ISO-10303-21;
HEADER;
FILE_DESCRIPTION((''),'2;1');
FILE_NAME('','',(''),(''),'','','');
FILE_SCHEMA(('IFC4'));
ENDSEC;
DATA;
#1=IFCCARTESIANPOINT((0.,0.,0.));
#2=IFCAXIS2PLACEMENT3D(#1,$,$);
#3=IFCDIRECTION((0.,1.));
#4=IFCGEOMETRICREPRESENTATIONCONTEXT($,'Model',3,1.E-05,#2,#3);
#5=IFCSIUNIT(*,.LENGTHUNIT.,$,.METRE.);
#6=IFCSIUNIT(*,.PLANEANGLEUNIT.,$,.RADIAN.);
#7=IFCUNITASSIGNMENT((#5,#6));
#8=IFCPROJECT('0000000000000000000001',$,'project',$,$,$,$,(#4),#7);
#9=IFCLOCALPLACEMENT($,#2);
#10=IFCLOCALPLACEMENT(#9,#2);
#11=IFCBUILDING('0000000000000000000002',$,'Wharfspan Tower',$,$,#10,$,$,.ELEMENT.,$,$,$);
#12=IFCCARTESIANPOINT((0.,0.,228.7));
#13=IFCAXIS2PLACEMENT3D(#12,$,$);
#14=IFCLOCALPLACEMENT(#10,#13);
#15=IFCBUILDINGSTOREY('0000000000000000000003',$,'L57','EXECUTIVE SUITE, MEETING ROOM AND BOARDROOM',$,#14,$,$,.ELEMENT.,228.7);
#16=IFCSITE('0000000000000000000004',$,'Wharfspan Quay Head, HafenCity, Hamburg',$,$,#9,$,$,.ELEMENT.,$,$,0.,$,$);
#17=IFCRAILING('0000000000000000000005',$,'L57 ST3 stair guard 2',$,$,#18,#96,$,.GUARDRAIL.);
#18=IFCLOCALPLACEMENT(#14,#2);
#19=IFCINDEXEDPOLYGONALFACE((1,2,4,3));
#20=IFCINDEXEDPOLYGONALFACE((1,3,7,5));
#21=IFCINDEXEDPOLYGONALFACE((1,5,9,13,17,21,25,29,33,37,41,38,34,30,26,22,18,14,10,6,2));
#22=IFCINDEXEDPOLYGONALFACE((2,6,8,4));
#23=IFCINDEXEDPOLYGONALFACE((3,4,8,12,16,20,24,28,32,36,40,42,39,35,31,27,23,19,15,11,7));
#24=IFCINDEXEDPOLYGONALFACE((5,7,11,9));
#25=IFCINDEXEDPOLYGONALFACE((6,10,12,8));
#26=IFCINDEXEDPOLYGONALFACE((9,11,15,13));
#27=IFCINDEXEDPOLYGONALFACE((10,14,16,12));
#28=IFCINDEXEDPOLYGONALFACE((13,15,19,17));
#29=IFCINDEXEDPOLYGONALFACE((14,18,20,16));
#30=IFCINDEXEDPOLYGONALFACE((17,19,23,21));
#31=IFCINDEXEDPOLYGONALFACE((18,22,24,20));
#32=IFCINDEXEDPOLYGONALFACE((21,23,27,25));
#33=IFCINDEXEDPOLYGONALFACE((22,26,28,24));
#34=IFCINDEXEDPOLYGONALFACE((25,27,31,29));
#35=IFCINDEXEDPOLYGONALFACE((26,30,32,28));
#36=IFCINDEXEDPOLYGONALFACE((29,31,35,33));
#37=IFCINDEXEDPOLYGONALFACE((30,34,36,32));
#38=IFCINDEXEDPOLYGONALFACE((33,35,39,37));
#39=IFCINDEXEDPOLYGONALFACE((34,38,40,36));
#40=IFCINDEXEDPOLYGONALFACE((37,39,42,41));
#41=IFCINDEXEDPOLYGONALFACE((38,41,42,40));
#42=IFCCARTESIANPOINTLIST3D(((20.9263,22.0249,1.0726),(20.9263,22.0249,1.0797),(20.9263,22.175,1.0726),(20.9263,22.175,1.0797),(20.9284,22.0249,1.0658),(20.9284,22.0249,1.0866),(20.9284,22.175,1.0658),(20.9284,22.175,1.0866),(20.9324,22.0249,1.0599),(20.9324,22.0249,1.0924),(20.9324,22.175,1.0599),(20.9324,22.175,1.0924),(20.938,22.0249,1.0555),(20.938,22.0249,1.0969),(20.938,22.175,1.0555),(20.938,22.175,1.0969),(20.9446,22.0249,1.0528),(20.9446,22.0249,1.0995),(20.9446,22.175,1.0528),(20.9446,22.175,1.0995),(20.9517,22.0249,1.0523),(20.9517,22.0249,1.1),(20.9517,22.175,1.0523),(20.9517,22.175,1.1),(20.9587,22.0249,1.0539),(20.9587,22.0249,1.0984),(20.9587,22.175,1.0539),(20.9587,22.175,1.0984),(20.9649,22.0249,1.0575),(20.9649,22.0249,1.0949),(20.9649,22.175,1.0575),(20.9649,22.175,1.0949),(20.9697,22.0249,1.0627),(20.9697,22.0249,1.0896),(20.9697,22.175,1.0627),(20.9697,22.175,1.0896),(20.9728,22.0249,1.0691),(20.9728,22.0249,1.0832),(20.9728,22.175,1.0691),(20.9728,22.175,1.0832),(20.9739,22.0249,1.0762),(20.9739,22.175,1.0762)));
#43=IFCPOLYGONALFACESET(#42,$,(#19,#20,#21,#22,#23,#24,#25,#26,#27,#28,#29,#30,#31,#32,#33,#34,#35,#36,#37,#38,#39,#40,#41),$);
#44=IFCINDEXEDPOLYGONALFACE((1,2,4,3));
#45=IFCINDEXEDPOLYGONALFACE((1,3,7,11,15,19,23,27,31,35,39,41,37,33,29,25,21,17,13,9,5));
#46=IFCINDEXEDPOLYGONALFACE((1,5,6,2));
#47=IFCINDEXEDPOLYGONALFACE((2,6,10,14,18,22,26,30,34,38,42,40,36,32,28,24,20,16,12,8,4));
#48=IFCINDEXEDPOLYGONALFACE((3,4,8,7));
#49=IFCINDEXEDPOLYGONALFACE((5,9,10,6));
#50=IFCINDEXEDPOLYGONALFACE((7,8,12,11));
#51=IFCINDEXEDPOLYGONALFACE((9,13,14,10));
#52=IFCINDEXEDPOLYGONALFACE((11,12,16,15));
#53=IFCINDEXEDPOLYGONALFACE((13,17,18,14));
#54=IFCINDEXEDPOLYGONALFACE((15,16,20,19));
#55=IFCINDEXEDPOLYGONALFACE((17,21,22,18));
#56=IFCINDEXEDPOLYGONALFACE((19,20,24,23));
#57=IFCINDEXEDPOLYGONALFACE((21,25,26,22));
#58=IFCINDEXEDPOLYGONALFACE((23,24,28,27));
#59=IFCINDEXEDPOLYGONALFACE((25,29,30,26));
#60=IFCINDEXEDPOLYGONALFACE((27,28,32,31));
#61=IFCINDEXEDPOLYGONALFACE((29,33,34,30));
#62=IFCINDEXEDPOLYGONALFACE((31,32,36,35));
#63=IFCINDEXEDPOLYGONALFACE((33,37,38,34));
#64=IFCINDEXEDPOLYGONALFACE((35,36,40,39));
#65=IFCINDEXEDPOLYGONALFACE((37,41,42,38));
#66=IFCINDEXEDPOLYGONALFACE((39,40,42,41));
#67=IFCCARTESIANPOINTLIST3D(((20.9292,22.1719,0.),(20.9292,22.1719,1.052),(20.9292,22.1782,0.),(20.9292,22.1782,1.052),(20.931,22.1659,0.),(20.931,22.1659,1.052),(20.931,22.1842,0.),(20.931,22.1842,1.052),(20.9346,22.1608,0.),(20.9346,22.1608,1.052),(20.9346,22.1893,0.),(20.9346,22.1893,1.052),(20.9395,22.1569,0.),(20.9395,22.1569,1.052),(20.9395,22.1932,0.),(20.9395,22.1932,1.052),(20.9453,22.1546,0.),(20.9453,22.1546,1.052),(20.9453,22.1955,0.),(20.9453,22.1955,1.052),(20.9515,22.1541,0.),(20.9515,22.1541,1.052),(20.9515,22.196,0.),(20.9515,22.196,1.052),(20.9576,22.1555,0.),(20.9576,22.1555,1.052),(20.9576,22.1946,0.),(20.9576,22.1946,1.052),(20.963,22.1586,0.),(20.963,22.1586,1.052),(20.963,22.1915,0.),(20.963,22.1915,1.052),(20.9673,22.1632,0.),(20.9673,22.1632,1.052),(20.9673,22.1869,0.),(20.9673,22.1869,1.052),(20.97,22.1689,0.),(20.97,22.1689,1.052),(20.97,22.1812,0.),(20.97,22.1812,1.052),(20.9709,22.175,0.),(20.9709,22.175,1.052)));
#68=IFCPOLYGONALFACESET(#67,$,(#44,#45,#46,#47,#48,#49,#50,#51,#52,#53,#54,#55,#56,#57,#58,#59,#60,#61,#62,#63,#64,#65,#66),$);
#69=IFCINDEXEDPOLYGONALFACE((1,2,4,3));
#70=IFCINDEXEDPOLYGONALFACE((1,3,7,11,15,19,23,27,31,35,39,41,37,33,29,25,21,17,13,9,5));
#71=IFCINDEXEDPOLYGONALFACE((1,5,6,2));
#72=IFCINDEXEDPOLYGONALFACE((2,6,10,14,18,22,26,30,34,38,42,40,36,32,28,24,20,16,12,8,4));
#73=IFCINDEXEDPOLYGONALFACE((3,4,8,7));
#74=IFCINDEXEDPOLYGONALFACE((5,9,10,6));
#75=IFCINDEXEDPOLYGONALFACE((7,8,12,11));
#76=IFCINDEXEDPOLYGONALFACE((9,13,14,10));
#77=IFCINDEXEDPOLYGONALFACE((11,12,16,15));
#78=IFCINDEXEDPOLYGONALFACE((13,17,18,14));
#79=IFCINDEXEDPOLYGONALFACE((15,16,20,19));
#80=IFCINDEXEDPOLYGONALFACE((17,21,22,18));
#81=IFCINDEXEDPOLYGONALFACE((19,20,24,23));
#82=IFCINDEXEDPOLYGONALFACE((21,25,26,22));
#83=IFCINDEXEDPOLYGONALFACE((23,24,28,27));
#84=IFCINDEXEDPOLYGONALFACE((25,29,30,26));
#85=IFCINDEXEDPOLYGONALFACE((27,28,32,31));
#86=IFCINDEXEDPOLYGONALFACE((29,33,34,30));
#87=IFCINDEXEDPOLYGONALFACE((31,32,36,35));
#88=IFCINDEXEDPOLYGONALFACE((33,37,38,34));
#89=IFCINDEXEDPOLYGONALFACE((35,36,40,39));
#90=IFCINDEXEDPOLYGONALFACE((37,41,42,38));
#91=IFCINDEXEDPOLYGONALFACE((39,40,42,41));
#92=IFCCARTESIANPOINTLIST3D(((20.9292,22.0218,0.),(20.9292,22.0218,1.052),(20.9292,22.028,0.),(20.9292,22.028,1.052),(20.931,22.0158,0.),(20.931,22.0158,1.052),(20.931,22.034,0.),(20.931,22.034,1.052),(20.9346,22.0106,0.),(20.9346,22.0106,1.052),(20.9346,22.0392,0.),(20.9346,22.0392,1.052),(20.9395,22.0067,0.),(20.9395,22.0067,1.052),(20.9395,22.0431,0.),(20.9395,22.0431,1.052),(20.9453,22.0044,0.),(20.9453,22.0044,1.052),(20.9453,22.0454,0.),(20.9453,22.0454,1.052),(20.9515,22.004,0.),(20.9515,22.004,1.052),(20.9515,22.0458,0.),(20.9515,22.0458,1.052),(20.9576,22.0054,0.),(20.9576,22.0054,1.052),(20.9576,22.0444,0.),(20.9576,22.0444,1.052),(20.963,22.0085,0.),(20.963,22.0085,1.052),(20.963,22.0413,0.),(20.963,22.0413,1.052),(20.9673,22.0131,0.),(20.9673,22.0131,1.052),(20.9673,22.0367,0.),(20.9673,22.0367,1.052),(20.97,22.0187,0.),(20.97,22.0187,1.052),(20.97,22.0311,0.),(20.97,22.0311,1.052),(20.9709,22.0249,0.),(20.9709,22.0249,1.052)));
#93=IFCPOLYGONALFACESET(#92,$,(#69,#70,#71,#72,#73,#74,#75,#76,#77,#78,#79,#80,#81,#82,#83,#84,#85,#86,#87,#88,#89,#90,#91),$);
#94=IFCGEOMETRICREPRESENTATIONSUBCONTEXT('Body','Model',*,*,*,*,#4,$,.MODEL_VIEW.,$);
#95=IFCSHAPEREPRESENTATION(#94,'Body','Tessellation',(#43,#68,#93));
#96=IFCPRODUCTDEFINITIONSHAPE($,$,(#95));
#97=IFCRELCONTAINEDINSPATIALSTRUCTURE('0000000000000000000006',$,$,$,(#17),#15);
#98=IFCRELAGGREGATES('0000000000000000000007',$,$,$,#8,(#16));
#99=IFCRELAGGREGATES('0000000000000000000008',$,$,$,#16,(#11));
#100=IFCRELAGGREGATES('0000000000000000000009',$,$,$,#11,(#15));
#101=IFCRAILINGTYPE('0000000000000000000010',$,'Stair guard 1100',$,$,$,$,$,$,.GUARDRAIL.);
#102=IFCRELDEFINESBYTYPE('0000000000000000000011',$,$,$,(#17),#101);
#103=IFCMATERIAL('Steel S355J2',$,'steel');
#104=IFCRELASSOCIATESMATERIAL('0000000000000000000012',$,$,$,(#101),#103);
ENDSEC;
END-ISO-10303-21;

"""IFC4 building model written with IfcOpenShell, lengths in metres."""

from ifc_helpers import new_model, si_unit, direction, frame, origin, origin_2d, place, context, subcontext, project, spatial, circle, extrude, material, type_object, element, save


model = new_model("IFC4")

# Units and contexts
model_context = context("Model", 3, precision=1e-05, world=origin(), true_north=direction((0.0, 1.0)))
body_context = subcontext(model_context, "Body", "Model", "MODEL_VIEW")
ifc_project = project(units=[si_unit("LENGTHUNIT", "METRE"), si_unit("PLANEANGLEUNIT", "RADIAN")], contexts=[model_context])

# Site, building, storey
site_placement = place(None, origin())
site = spatial("IfcSite", under=ifc_project, at=site_placement, Name="Wharfspan Quay Head, HafenCity, Hamburg", CompositionType="ELEMENT", RefElevation=0.0)
building_placement = place(site_placement, origin())
building = spatial("IfcBuilding", under=site, at=building_placement, Name="Wharfspan Tower", CompositionType="ELEMENT")
storey_placement = place(building_placement, frame((0.0, 0.0, 228.7)))
storey = spatial("IfcBuildingStorey", under=building, at=storey_placement, Name="L57", Description="EXECUTIVE SUITE, MEETING ROOM AND BOARDROOM", CompositionType="ELEMENT", Elevation=228.7)

# Shared definitions
ifc_material_1 = material(Name="Steel S355J2", Category="steel")

# Railing
railing_type_1 = type_object("IfcRailingType", Name="Stair guard 1100", PredefinedType="GUARDRAIL", material=ifc_material_1)
railing_1_placement = place(storey_placement, frame((20.95, 22.175, 0.0)))
element("IfcRailing", 1, at=railing_1_placement, inside=storey, type_object=railing_type_1, Name="L57 ST3 stair guard 2", PredefinedType="GUARDRAIL", context=body_context, shape_type="SweptSolid", body=[
    extrude(circle(Radius=0.0239, at=origin_2d()), frame((0.0, 0.0, 1.0762), z_axis=(0.0, -1.0, 0.0), x_axis=(1.0, 0.0, 0.0)), (0.0, 0.0, 1.0), 0.1501),
    extrude(circle(Radius=0.021, at=origin_2d()), origin(), (0.0, 0.0, 1.0), 1.052),
    extrude(circle(Radius=0.021, at=origin_2d()), frame((0.0, -0.1501, 0.0)), (0.0, 0.0, 1.0), 1.052),
])

save(model, "model.ifc")
